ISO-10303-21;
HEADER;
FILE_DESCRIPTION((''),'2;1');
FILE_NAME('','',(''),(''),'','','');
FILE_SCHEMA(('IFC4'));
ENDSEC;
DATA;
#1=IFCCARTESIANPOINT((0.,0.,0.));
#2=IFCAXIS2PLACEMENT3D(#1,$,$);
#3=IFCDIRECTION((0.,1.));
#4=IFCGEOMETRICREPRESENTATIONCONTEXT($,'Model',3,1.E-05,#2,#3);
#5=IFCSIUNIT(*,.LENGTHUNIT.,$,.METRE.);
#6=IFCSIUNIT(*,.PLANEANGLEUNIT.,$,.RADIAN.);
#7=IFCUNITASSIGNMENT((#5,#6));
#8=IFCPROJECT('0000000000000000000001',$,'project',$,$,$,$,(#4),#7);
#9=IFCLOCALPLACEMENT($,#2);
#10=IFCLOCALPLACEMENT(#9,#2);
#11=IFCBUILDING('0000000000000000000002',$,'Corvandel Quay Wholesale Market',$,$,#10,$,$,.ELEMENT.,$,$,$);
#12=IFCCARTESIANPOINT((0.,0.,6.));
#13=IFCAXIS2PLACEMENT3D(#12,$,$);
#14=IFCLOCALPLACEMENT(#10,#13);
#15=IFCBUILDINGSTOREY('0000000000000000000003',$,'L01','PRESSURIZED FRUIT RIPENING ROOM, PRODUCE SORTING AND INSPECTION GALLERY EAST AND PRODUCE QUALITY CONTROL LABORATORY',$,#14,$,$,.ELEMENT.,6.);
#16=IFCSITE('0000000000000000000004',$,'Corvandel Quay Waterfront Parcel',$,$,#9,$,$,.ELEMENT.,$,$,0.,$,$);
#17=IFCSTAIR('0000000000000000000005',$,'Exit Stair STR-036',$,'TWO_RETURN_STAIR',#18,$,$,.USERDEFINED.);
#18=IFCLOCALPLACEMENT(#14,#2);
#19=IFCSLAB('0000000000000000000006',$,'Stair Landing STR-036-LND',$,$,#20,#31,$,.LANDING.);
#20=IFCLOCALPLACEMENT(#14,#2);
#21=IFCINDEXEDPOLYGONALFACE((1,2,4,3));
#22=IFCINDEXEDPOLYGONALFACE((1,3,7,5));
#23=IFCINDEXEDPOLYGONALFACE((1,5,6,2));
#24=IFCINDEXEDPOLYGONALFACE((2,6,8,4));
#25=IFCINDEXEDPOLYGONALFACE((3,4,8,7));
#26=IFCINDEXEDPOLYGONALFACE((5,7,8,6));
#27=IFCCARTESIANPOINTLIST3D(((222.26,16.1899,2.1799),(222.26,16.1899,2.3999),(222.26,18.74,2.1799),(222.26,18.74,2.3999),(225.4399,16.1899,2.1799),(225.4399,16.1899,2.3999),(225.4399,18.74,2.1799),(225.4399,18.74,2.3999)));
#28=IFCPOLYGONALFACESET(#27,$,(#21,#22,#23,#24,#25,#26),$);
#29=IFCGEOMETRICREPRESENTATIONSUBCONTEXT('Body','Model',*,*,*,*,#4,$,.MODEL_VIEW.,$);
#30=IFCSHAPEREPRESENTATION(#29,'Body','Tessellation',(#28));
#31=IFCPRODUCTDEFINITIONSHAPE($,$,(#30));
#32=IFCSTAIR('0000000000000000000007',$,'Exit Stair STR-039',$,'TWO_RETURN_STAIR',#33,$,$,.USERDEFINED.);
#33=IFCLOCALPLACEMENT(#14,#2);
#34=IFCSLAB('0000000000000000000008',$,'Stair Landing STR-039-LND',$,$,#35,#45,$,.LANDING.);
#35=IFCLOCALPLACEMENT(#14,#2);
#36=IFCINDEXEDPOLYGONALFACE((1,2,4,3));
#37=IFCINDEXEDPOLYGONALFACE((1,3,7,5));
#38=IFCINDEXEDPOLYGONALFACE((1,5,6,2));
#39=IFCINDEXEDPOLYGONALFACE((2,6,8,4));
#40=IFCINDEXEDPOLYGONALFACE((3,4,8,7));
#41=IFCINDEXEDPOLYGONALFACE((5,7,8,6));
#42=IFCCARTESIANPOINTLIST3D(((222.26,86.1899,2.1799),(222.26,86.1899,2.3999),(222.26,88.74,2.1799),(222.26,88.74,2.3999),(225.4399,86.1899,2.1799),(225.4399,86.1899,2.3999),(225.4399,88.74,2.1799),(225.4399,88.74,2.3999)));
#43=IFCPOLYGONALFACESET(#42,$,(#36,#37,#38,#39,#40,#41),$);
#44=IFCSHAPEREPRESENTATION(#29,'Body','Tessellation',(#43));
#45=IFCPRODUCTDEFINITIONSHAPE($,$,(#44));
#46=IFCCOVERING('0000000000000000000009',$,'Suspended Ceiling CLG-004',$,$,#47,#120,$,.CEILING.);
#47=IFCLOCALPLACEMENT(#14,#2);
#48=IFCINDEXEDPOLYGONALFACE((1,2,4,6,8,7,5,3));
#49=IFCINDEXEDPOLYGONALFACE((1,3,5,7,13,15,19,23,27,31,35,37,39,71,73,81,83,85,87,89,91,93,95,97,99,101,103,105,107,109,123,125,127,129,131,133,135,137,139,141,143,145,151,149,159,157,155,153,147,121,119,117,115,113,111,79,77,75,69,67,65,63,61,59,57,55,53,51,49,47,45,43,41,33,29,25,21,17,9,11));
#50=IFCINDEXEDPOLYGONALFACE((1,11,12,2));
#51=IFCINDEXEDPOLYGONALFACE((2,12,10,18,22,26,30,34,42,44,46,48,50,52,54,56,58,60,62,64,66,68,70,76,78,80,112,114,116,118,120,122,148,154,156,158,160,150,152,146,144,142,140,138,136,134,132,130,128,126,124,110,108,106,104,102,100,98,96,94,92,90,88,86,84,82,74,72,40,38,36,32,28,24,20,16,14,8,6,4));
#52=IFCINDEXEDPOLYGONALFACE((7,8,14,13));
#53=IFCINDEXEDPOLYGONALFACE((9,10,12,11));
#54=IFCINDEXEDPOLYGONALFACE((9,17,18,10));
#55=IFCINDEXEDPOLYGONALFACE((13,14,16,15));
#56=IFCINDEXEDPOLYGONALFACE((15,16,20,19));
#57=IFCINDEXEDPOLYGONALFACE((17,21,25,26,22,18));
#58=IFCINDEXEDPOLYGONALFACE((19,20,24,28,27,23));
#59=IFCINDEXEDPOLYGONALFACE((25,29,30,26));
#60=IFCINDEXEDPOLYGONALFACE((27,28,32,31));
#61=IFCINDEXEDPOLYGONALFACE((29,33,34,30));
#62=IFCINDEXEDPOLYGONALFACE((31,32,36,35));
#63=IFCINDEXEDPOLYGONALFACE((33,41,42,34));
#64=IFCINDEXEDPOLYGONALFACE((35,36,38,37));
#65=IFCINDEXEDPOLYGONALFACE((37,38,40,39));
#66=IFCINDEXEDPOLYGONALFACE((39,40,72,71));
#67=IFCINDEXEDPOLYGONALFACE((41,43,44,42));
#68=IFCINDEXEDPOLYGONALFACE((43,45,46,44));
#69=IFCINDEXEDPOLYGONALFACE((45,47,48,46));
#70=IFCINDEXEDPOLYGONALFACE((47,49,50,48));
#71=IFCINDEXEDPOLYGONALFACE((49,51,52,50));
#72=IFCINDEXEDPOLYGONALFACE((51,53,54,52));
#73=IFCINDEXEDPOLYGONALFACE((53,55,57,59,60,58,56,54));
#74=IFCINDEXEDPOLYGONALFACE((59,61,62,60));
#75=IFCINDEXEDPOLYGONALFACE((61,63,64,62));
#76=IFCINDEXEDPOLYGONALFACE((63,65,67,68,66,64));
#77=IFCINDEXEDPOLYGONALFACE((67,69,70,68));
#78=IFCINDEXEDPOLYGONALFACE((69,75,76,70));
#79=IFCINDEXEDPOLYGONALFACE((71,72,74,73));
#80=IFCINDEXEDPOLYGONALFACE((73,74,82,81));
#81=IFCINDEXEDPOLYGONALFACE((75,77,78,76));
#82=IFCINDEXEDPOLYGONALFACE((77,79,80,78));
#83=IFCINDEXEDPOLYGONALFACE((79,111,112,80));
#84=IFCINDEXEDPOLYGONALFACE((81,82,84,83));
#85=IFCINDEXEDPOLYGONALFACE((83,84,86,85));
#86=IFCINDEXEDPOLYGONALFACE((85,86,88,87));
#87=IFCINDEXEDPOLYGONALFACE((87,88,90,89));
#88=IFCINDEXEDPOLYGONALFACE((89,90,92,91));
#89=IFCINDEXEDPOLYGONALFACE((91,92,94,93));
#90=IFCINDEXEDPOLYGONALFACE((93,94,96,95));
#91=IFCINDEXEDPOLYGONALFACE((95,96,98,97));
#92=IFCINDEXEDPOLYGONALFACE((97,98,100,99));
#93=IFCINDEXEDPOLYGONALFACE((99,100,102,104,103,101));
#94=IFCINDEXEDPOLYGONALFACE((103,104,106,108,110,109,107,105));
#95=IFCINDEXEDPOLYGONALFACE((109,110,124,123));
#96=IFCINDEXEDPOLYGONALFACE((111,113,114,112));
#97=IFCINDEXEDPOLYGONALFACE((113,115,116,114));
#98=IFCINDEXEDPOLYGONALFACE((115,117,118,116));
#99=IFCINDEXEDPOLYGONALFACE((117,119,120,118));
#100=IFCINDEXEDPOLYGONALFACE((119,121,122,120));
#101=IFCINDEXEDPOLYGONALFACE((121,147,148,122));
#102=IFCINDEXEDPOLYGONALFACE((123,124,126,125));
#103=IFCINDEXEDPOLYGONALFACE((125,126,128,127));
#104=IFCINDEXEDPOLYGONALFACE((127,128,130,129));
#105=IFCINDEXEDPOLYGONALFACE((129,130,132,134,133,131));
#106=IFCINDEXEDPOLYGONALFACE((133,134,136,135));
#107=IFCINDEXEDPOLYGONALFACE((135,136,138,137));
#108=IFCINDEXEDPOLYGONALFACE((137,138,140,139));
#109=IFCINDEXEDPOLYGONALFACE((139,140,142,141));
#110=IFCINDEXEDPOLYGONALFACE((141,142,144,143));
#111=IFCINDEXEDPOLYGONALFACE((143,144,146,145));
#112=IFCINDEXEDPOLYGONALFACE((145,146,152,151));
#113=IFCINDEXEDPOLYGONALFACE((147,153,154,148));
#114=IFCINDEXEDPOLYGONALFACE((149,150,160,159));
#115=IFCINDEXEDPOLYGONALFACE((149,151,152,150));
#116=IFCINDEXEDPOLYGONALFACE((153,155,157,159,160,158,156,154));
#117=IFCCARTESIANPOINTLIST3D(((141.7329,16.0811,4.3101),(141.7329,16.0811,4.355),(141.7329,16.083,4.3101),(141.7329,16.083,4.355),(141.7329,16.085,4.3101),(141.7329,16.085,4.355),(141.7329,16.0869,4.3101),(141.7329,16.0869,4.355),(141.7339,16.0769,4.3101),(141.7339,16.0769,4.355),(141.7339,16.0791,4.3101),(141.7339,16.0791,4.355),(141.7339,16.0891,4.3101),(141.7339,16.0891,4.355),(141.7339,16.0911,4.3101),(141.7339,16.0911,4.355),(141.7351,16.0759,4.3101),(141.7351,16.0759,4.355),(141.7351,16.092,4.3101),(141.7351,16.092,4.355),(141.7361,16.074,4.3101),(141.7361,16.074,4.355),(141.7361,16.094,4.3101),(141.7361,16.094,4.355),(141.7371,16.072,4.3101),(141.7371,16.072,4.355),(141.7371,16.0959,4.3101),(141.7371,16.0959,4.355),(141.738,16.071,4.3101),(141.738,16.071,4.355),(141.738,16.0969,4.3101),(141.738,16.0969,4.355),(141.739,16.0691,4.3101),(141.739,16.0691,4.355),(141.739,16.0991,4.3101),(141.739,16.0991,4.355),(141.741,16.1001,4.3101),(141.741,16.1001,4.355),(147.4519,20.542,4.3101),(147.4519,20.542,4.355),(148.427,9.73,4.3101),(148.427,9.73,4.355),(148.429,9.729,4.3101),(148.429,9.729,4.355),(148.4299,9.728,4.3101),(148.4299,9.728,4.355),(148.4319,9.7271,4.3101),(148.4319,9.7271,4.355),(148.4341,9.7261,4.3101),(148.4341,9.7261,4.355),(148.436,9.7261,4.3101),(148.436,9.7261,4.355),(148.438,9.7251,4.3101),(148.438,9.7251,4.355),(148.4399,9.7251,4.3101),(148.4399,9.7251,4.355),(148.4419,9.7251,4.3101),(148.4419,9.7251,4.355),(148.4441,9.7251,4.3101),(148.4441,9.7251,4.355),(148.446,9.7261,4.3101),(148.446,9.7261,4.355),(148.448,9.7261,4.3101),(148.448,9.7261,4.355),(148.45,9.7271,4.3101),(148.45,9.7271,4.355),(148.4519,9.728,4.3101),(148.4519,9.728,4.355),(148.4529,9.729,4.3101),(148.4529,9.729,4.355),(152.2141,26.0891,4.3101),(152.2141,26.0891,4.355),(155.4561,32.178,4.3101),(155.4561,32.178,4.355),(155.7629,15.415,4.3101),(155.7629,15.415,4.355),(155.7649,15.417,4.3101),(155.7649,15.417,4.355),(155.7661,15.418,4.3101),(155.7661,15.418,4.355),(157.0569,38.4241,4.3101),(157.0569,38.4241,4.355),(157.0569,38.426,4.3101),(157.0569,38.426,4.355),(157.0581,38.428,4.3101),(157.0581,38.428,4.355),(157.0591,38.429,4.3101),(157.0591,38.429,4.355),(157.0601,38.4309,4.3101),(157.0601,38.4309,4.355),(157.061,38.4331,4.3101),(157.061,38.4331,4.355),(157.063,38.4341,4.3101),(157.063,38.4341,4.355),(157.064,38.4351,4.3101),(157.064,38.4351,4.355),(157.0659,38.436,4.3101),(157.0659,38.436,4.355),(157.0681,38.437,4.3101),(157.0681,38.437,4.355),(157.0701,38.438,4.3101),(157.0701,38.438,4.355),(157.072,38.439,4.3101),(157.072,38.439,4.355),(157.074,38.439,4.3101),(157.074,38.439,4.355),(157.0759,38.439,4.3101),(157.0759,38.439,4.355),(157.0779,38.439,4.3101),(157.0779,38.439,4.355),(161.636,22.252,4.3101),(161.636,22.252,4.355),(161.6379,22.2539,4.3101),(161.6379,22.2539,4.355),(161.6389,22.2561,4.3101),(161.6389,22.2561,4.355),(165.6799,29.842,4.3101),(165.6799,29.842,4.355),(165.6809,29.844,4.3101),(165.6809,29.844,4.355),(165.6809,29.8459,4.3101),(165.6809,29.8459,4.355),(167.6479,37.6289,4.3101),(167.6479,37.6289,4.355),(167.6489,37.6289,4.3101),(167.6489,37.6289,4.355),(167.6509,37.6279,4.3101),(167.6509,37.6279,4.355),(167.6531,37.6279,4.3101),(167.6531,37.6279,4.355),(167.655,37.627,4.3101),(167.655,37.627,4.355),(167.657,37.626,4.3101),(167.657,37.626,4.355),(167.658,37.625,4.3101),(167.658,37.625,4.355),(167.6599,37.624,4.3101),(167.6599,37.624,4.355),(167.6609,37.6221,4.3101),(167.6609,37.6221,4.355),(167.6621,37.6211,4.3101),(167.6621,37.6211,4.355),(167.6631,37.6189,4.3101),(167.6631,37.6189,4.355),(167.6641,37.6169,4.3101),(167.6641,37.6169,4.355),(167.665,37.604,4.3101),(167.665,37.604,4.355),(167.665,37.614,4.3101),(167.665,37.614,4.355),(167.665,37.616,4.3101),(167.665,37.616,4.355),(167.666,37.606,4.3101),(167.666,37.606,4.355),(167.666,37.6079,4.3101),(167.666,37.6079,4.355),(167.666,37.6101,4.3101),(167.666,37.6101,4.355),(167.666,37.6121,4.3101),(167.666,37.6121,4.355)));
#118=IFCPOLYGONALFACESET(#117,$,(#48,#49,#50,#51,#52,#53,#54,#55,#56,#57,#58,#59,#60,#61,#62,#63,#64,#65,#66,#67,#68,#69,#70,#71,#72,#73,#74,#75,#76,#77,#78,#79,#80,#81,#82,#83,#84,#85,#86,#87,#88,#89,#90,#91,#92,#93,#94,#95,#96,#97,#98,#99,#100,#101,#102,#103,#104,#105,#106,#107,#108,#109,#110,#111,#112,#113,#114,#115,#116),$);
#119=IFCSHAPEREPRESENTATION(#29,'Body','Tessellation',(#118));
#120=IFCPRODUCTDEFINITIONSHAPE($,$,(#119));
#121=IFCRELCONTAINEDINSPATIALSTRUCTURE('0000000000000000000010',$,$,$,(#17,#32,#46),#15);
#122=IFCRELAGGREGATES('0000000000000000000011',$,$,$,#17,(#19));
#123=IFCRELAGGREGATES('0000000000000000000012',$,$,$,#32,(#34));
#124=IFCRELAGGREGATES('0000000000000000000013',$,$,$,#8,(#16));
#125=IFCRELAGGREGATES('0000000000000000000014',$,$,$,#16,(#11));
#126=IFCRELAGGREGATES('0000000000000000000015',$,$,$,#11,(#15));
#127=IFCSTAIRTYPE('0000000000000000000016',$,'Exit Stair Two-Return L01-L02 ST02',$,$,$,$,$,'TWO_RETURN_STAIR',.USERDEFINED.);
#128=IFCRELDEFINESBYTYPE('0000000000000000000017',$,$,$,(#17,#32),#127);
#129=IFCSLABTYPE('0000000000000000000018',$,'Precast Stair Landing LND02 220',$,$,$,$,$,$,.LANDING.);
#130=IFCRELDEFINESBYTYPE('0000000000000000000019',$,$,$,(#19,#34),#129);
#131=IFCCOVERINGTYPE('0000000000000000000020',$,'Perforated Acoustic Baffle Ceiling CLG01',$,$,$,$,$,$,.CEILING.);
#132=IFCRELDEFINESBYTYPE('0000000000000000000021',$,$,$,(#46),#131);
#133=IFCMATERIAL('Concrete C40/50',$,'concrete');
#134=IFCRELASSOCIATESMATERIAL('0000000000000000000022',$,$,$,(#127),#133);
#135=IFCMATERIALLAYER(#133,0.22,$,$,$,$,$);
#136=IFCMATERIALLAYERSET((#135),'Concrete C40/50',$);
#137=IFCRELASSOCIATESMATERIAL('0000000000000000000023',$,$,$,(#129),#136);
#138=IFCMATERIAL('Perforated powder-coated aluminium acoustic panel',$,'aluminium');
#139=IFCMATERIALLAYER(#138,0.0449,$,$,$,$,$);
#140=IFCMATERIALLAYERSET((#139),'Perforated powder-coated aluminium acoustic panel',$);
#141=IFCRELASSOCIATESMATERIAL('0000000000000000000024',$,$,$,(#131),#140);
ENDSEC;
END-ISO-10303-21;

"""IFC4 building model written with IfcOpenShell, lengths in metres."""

from ifc_helpers import new_model, si_unit, direction, frame, origin, place, context, subcontext, project, spatial, polyline, outline, extrude, material, layer, layer_set, type_object, element, aggregate, save


model = new_model("IFC4")

# Units and contexts
model_context = context("Model", 3, precision=1e-05, world=origin(), true_north=direction((0.0, 1.0)))
body_context = subcontext(model_context, "Body", "Model", "MODEL_VIEW")
ifc_project = project(units=[si_unit("LENGTHUNIT", "METRE"), si_unit("PLANEANGLEUNIT", "RADIAN")], contexts=[model_context])

# Site, building, storey
site_placement = place(None, origin())
site = spatial("IfcSite", under=ifc_project, at=site_placement, Name="Corvandel Quay Waterfront Parcel", CompositionType="ELEMENT", RefElevation=0.0)
building_placement = place(site_placement, origin())
building = spatial("IfcBuilding", under=site, at=building_placement, Name="Corvandel Quay Wholesale Market", CompositionType="ELEMENT")
storey_placement = place(building_placement, frame((0.0, 0.0, 6.0)))
storey = spatial("IfcBuildingStorey", under=building, at=storey_placement, Name="L01", Description="PRESSURIZED FRUIT RIPENING ROOM, PRODUCE SORTING AND INSPECTION GALLERY EAST AND PRODUCE QUALITY CONTROL LABORATORY", CompositionType="ELEMENT", Elevation=6.0)

# Stairs, slabs
ifc_material_1 = material(Name="Concrete C40/50", Category="concrete")
stair_type = type_object("IfcStairType", Name="Exit Stair Two-Return L01-L02 ST02", ElementType="TWO_RETURN_STAIR", PredefinedType="USERDEFINED", material=ifc_material_1)
stair_1_placement = place(storey_placement, origin())
stair_1 = element("IfcStair", 1, at=stair_1_placement, inside=storey, type_object=stair_type, Name="Exit Stair STR-036", ObjectType="TWO_RETURN_STAIR", PredefinedType="USERDEFINED")
ifc_layer_1 = layer(ifc_material_1, 0.22)
ifc_layer_set_1 = layer_set([ifc_layer_1], Name="Concrete C40/50")
slab_type = type_object("IfcSlabType", Name="Precast Stair Landing LND02 220", PredefinedType="LANDING", material=ifc_layer_set_1)
slab_1_placement = place(storey_placement, frame((0.0, 0.0, 2.1799)))
slab_1 = element("IfcSlab", 2, at=slab_1_placement, type_object=slab_type, Name="Stair Landing STR-036-LND", PredefinedType="LANDING", context=body_context, shape_type="SweptSolid", body=[
    extrude(outline(polyline([(222.26, 16.1899), (225.4399, 16.1899), (225.4399, 18.74), (222.26, 18.74), (222.26, 16.1899)])), origin(), (0.0, 0.0, 1.0), 0.22),
])
aggregate(stair_1, [slab_1])
stair_2_placement = place(storey_placement, origin())
stair_2 = element("IfcStair", 3, at=stair_2_placement, inside=storey, type_object=stair_type, Name="Exit Stair STR-039", ObjectType="TWO_RETURN_STAIR", PredefinedType="USERDEFINED")
slab_2_placement = place(storey_placement, frame((0.0, 0.0, 2.1799)))
slab_2 = element("IfcSlab", 4, at=slab_2_placement, type_object=slab_type, Name="Stair Landing STR-039-LND", PredefinedType="LANDING", context=body_context, shape_type="SweptSolid", body=[
    extrude(outline(polyline([(222.26, 86.1899), (225.4399, 86.1899), (225.4399, 88.74), (222.26, 88.74), (222.26, 86.1899)])), origin(), (0.0, 0.0, 1.0), 0.22),
])
aggregate(stair_2, [slab_2])

# Covering
ifc_material_2 = material(Name="Perforated powder-coated aluminium acoustic panel", Category="aluminium")
ifc_layer_2 = layer(ifc_material_2, 0.0449)
ifc_layer_set_2 = layer_set([ifc_layer_2], Name="Perforated powder-coated aluminium acoustic panel")
covering_type_1 = type_object("IfcCoveringType", Name="Perforated Acoustic Baffle Ceiling CLG01", PredefinedType="CEILING", material=ifc_layer_set_2)
covering_1_placement = place(storey_placement, frame((0.0, 0.0, 4.3101)))
element("IfcCovering", 5, at=covering_1_placement, inside=storey, type_object=covering_type_1, Name="Suspended Ceiling CLG-004", PredefinedType="CEILING", context=body_context, shape_type="SweptSolid", body=[
    extrude(outline(polyline([(152.2141, 26.0891), (155.4561, 32.178), (157.0569, 38.4241), (157.0569, 38.426), (157.0581, 38.428), (157.0591, 38.429), (157.0601, 38.4309), (157.061, 38.4331), (157.063, 38.4341), (157.064, 38.4351), (157.0659, 38.436), (157.0681, 38.437), (157.0701, 38.438), (157.072, 38.439), (157.074, 38.439), (157.0759, 38.439), (157.0779, 38.439), (167.6479, 37.6289), (167.6489, 37.6289), (167.6509, 37.6279), (167.6531, 37.6279), (167.655, 37.627), (167.657, 37.626), (167.658, 37.625), (167.6599, 37.624), (167.6609, 37.6221), (167.6621, 37.6211), (167.6631, 37.6189), (167.6641, 37.6169), (167.665, 37.616), (167.665, 37.614), (167.666, 37.6121), (167.666, 37.6101), (167.666, 37.6079), (167.666, 37.606), (167.665, 37.604), (165.6809, 29.8459), (165.6809, 29.844), (165.6799, 29.842), (161.6389, 22.2561), (161.6379, 22.2539), (161.636, 22.252), (155.7661, 15.418), (155.7649, 15.417), (155.7629, 15.415), (148.4529, 9.729), (148.4519, 9.728), (148.45, 9.7271), (148.448, 9.7261), (148.446, 9.7261), (148.4441, 9.7251), (148.4419, 9.7251), (148.4399, 9.7251), (148.438, 9.7251), (148.436, 9.7261), (148.4341, 9.7261), (148.4319, 9.7271), (148.4299, 9.728), (148.429, 9.729), (148.427, 9.73), (141.739, 16.0691), (141.738, 16.071), (141.7371, 16.072), (141.7361, 16.074), (141.7351, 16.0759), (141.7339, 16.0769), (141.7339, 16.0791), (141.7329, 16.0811), (141.7329, 16.083), (141.7329, 16.085), (141.7329, 16.0869), (141.7339, 16.0891), (141.7339, 16.0911), (141.7351, 16.092), (141.7361, 16.094), (141.7371, 16.0959), (141.738, 16.0969), (141.739, 16.0991), (141.741, 16.1001), (147.4519, 20.542), (152.2141, 26.0891)])), origin(), (0.0, 0.0, 1.0), 0.0449),
])

save(model, "model.ifc")
